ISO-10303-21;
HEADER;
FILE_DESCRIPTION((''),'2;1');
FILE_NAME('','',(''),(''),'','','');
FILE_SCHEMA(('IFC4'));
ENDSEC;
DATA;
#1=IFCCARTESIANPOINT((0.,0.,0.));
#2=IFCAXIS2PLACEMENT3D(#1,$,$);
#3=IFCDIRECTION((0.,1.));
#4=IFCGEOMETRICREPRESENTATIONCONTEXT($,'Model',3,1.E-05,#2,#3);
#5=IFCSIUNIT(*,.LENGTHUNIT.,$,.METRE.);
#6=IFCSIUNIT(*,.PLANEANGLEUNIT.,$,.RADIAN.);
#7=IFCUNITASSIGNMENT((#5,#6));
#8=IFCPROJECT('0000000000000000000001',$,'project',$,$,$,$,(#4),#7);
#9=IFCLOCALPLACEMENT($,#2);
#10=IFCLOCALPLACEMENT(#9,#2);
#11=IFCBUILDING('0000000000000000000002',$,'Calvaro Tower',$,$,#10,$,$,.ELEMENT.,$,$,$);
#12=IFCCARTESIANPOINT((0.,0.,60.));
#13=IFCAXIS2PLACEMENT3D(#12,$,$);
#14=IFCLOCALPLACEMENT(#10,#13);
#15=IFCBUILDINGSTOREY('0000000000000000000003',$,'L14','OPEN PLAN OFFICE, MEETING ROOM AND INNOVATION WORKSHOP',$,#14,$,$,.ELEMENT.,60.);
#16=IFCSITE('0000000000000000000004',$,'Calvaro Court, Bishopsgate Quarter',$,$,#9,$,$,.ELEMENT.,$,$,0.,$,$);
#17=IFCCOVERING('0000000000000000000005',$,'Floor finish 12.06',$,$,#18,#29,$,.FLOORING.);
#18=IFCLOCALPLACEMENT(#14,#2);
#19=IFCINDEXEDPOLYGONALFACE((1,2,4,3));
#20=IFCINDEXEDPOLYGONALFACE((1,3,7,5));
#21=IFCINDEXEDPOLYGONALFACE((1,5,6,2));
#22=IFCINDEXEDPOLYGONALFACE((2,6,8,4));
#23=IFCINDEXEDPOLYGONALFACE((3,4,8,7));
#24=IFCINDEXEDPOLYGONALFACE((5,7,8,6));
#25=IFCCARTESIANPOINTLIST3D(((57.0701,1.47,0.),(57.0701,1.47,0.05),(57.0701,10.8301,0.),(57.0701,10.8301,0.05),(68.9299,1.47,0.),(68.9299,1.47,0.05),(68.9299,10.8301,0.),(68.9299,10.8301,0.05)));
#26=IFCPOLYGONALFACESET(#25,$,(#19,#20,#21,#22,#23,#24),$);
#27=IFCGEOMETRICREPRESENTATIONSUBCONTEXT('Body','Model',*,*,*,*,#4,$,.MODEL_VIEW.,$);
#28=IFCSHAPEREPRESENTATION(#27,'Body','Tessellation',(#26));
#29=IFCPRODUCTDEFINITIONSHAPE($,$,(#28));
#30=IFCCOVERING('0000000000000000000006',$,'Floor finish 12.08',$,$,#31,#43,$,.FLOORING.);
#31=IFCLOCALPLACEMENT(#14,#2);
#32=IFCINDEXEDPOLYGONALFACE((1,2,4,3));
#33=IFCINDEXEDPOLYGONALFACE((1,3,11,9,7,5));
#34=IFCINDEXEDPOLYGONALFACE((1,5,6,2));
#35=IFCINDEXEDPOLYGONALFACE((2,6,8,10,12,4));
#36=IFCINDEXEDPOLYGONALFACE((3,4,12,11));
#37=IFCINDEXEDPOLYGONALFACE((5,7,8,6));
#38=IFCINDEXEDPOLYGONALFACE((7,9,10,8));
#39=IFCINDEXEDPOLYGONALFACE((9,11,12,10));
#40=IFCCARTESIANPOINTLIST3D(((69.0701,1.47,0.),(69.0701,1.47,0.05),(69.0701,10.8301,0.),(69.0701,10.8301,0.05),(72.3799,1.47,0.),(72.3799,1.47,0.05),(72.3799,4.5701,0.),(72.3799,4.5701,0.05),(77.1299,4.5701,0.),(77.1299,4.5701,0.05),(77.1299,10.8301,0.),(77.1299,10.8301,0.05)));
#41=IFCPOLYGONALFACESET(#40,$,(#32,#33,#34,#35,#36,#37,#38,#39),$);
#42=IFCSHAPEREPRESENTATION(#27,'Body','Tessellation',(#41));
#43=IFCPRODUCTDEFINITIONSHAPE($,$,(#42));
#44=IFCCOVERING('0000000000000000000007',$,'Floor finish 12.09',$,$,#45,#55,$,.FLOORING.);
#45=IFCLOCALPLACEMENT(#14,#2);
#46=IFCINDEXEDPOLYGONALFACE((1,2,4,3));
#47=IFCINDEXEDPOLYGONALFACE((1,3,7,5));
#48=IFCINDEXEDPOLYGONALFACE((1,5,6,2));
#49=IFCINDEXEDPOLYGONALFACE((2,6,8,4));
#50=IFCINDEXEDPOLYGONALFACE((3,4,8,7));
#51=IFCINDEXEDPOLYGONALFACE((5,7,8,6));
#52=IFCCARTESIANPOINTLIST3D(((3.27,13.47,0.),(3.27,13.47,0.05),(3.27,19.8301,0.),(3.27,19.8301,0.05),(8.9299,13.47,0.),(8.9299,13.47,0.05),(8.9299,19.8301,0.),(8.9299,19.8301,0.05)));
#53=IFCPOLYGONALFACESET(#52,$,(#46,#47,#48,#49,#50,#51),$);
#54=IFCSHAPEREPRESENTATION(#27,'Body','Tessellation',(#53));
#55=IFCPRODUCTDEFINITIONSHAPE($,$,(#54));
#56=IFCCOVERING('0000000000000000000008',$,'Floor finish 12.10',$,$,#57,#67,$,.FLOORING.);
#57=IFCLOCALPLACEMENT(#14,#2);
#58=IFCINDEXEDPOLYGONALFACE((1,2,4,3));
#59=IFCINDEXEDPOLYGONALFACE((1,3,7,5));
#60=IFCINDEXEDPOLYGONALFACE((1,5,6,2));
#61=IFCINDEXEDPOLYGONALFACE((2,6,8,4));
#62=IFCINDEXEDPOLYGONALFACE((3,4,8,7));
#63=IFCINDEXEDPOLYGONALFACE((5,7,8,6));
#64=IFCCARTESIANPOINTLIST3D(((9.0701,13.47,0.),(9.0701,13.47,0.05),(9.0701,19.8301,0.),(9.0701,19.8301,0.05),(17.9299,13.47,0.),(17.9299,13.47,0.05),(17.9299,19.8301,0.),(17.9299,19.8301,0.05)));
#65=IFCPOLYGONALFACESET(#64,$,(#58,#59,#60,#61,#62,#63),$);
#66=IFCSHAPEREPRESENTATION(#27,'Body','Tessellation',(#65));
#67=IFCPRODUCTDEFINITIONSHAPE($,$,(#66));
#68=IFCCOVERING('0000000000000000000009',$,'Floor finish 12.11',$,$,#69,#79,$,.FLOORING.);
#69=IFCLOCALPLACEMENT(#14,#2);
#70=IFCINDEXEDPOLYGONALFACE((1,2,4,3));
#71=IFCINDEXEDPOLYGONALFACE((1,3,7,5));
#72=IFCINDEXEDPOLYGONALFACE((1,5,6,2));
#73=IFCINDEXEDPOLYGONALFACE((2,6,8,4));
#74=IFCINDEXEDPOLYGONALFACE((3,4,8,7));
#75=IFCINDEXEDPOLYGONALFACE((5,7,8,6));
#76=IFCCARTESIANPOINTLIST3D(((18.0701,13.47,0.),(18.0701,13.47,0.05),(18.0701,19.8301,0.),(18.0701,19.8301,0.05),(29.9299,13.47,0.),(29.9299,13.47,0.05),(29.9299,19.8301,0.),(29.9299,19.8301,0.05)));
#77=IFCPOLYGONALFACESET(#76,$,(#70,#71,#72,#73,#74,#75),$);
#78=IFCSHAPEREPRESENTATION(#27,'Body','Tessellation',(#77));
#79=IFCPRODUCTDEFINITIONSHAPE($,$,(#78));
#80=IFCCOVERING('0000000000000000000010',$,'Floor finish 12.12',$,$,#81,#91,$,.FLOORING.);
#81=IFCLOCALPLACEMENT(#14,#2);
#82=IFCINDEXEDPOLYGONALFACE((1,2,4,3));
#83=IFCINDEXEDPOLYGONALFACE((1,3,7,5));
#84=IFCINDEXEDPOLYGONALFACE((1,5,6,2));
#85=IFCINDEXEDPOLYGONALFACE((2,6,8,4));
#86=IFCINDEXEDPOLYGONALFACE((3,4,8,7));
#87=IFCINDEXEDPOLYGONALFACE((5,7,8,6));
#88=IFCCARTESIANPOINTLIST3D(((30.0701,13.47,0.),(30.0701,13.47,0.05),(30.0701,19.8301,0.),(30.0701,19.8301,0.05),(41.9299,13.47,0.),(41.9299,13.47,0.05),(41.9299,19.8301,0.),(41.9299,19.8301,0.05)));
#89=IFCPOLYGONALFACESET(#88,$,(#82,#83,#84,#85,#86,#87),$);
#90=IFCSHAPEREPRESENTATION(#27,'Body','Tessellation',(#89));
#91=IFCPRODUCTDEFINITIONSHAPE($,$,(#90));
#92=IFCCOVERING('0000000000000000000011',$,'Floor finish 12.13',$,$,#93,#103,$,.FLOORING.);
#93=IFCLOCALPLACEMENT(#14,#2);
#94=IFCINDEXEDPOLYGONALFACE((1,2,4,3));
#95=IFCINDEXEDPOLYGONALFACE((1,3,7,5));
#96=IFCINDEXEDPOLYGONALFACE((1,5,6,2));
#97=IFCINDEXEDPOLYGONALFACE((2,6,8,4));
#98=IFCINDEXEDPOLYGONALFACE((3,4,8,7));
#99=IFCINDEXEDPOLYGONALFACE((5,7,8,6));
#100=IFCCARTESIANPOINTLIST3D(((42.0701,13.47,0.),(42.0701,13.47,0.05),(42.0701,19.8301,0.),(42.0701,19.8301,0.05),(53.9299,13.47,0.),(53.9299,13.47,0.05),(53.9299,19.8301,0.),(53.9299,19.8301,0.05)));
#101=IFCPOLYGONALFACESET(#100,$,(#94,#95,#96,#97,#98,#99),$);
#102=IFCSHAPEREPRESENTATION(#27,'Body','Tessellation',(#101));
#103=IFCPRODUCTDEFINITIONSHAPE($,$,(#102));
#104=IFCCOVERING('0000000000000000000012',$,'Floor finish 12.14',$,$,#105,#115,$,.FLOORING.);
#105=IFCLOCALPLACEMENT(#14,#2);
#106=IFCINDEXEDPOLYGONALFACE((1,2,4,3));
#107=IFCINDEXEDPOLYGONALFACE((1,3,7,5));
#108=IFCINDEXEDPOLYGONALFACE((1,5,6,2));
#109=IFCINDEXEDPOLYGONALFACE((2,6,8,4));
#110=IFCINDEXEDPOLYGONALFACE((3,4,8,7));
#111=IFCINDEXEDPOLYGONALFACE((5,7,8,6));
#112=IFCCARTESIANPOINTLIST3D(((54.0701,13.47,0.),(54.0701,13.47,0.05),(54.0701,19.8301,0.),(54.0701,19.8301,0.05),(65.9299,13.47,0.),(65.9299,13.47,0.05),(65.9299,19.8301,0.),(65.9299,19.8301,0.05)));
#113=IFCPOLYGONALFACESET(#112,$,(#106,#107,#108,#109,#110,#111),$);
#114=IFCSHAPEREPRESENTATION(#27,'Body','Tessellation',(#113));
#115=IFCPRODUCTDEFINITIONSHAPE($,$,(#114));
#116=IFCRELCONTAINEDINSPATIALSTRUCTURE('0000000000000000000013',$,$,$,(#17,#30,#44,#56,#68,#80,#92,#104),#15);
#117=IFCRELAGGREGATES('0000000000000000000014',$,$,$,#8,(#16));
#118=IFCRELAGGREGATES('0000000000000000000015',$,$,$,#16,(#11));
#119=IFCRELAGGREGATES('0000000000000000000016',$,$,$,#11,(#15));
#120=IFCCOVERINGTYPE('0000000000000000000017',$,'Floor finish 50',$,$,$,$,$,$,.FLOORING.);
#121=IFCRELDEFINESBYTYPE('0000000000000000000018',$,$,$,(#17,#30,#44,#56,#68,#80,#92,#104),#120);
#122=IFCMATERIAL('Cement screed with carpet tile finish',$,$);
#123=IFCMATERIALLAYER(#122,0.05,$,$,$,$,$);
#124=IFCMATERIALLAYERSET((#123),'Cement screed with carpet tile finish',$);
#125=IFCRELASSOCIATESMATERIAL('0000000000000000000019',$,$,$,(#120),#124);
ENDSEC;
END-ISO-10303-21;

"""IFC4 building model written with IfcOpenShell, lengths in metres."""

from ifc_helpers import new_model, si_unit, direction, frame, origin, place, context, subcontext, project, spatial, polyline, outline, extrude, material, layer, layer_set, type_object, element, save


model = new_model("IFC4")

# Units and contexts
model_context = context("Model", 3, precision=1e-05, world=origin(), true_north=direction((0.0, 1.0)))
body_context = subcontext(model_context, "Body", "Model", "MODEL_VIEW")
ifc_project = project(units=[si_unit("LENGTHUNIT", "METRE"), si_unit("PLANEANGLEUNIT", "RADIAN")], contexts=[model_context])

# Site, building, storey
site_placement = place(None, origin())
site = spatial("IfcSite", under=ifc_project, at=site_placement, Name="Calvaro Court, Bishopsgate Quarter", CompositionType="ELEMENT", RefElevation=0.0)
building_placement = place(site_placement, origin())
building = spatial("IfcBuilding", under=site, at=building_placement, Name="Calvaro Tower", CompositionType="ELEMENT")
storey_placement = place(building_placement, frame((0.0, 0.0, 60.0)))
storey = spatial("IfcBuildingStorey", under=building, at=storey_placement, Name="L14", Description="OPEN PLAN OFFICE, MEETING ROOM AND INNOVATION WORKSHOP", CompositionType="ELEMENT", Elevation=60.0)

# Coverings
ifc_material_1 = material(Name="Cement screed with carpet tile finish")
ifc_layer_1 = layer(ifc_material_1, 0.05)
ifc_layer_set_1 = layer_set([ifc_layer_1], Name="Cement screed with carpet tile finish")
covering_type = type_object("IfcCoveringType", Name="Floor finish 50", PredefinedType="FLOORING", material=ifc_layer_set_1)
covering_1_placement = place(storey_placement, origin())
element("IfcCovering", 1, at=covering_1_placement, inside=storey, type_object=covering_type, Name="Floor finish 12.06", PredefinedType="FLOORING", context=body_context, shape_type="SweptSolid", body=[
    extrude(outline(polyline([(57.0701, 10.8301), (68.9299, 10.8301), (68.9299, 1.47), (57.0701, 1.47), (57.0701, 10.8301)])), origin(), (0.0, 0.0, 1.0), 0.05),
])
covering_2_placement = place(storey_placement, origin())
element("IfcCovering", 2, at=covering_2_placement, inside=storey, type_object=covering_type, Name="Floor finish 12.08", PredefinedType="FLOORING", context=body_context, shape_type="SweptSolid", body=[
    extrude(outline(polyline([(77.1299, 4.5701), (72.3799, 4.5701), (72.3799, 1.47), (69.0701, 1.47), (69.0701, 10.8301), (77.1299, 10.8301), (77.1299, 4.5701)])), origin(), (0.0, 0.0, 1.0), 0.05),
])
covering_3_placement = place(storey_placement, origin())
element("IfcCovering", 3, at=covering_3_placement, inside=storey, type_object=covering_type, Name="Floor finish 12.09", PredefinedType="FLOORING", context=body_context, shape_type="SweptSolid", body=[
    extrude(outline(polyline([(3.27, 13.47), (3.27, 19.8301), (8.9299, 19.8301), (8.9299, 13.47), (3.27, 13.47)])), origin(), (0.0, 0.0, 1.0), 0.05),
])
covering_4_placement = place(storey_placement, origin())
element("IfcCovering", 4, at=covering_4_placement, inside=storey, type_object=covering_type, Name="Floor finish 12.10", PredefinedType="FLOORING", context=body_context, shape_type="SweptSolid", body=[
    extrude(outline(polyline([(9.0701, 13.47), (9.0701, 19.8301), (17.9299, 19.8301), (17.9299, 13.47), (9.0701, 13.47)])), origin(), (0.0, 0.0, 1.0), 0.05),
])
covering_5_placement = place(storey_placement, origin())
element("IfcCovering", 5, at=covering_5_placement, inside=storey, type_object=covering_type, Name="Floor finish 12.11", PredefinedType="FLOORING", context=body_context, shape_type="SweptSolid", body=[
    extrude(outline(polyline([(18.0701, 13.47), (18.0701, 19.8301), (29.9299, 19.8301), (29.9299, 13.47), (18.0701, 13.47)])), origin(), (0.0, 0.0, 1.0), 0.05),
])
covering_6_placement = place(storey_placement, origin())
element("IfcCovering", 6, at=covering_6_placement, inside=storey, type_object=covering_type, Name="Floor finish 12.12", PredefinedType="FLOORING", context=body_context, shape_type="SweptSolid", body=[
    extrude(outline(polyline([(30.0701, 13.47), (30.0701, 19.8301), (41.9299, 19.8301), (41.9299, 13.47), (30.0701, 13.47)])), origin(), (0.0, 0.0, 1.0), 0.05),
])
covering_7_placement = place(storey_placement, origin())
element("IfcCovering", 7, at=covering_7_placement, inside=storey, type_object=covering_type, Name="Floor finish 12.13", PredefinedType="FLOORING", context=body_context, shape_type="SweptSolid", body=[
    extrude(outline(polyline([(42.0701, 13.47), (42.0701, 19.8301), (53.9299, 19.8301), (53.9299, 13.47), (42.0701, 13.47)])), origin(), (0.0, 0.0, 1.0), 0.05),
])
covering_8_placement = place(storey_placement, origin())
element("IfcCovering", 8, at=covering_8_placement, inside=storey, type_object=covering_type, Name="Floor finish 12.14", PredefinedType="FLOORING", context=body_context, shape_type="SweptSolid", body=[
    extrude(outline(polyline([(54.0701, 13.47), (54.0701, 19.8301), (65.9299, 19.8301), (65.9299, 13.47), (54.0701, 13.47)])), origin(), (0.0, 0.0, 1.0), 0.05),
])

save(model, "model.ifc")
